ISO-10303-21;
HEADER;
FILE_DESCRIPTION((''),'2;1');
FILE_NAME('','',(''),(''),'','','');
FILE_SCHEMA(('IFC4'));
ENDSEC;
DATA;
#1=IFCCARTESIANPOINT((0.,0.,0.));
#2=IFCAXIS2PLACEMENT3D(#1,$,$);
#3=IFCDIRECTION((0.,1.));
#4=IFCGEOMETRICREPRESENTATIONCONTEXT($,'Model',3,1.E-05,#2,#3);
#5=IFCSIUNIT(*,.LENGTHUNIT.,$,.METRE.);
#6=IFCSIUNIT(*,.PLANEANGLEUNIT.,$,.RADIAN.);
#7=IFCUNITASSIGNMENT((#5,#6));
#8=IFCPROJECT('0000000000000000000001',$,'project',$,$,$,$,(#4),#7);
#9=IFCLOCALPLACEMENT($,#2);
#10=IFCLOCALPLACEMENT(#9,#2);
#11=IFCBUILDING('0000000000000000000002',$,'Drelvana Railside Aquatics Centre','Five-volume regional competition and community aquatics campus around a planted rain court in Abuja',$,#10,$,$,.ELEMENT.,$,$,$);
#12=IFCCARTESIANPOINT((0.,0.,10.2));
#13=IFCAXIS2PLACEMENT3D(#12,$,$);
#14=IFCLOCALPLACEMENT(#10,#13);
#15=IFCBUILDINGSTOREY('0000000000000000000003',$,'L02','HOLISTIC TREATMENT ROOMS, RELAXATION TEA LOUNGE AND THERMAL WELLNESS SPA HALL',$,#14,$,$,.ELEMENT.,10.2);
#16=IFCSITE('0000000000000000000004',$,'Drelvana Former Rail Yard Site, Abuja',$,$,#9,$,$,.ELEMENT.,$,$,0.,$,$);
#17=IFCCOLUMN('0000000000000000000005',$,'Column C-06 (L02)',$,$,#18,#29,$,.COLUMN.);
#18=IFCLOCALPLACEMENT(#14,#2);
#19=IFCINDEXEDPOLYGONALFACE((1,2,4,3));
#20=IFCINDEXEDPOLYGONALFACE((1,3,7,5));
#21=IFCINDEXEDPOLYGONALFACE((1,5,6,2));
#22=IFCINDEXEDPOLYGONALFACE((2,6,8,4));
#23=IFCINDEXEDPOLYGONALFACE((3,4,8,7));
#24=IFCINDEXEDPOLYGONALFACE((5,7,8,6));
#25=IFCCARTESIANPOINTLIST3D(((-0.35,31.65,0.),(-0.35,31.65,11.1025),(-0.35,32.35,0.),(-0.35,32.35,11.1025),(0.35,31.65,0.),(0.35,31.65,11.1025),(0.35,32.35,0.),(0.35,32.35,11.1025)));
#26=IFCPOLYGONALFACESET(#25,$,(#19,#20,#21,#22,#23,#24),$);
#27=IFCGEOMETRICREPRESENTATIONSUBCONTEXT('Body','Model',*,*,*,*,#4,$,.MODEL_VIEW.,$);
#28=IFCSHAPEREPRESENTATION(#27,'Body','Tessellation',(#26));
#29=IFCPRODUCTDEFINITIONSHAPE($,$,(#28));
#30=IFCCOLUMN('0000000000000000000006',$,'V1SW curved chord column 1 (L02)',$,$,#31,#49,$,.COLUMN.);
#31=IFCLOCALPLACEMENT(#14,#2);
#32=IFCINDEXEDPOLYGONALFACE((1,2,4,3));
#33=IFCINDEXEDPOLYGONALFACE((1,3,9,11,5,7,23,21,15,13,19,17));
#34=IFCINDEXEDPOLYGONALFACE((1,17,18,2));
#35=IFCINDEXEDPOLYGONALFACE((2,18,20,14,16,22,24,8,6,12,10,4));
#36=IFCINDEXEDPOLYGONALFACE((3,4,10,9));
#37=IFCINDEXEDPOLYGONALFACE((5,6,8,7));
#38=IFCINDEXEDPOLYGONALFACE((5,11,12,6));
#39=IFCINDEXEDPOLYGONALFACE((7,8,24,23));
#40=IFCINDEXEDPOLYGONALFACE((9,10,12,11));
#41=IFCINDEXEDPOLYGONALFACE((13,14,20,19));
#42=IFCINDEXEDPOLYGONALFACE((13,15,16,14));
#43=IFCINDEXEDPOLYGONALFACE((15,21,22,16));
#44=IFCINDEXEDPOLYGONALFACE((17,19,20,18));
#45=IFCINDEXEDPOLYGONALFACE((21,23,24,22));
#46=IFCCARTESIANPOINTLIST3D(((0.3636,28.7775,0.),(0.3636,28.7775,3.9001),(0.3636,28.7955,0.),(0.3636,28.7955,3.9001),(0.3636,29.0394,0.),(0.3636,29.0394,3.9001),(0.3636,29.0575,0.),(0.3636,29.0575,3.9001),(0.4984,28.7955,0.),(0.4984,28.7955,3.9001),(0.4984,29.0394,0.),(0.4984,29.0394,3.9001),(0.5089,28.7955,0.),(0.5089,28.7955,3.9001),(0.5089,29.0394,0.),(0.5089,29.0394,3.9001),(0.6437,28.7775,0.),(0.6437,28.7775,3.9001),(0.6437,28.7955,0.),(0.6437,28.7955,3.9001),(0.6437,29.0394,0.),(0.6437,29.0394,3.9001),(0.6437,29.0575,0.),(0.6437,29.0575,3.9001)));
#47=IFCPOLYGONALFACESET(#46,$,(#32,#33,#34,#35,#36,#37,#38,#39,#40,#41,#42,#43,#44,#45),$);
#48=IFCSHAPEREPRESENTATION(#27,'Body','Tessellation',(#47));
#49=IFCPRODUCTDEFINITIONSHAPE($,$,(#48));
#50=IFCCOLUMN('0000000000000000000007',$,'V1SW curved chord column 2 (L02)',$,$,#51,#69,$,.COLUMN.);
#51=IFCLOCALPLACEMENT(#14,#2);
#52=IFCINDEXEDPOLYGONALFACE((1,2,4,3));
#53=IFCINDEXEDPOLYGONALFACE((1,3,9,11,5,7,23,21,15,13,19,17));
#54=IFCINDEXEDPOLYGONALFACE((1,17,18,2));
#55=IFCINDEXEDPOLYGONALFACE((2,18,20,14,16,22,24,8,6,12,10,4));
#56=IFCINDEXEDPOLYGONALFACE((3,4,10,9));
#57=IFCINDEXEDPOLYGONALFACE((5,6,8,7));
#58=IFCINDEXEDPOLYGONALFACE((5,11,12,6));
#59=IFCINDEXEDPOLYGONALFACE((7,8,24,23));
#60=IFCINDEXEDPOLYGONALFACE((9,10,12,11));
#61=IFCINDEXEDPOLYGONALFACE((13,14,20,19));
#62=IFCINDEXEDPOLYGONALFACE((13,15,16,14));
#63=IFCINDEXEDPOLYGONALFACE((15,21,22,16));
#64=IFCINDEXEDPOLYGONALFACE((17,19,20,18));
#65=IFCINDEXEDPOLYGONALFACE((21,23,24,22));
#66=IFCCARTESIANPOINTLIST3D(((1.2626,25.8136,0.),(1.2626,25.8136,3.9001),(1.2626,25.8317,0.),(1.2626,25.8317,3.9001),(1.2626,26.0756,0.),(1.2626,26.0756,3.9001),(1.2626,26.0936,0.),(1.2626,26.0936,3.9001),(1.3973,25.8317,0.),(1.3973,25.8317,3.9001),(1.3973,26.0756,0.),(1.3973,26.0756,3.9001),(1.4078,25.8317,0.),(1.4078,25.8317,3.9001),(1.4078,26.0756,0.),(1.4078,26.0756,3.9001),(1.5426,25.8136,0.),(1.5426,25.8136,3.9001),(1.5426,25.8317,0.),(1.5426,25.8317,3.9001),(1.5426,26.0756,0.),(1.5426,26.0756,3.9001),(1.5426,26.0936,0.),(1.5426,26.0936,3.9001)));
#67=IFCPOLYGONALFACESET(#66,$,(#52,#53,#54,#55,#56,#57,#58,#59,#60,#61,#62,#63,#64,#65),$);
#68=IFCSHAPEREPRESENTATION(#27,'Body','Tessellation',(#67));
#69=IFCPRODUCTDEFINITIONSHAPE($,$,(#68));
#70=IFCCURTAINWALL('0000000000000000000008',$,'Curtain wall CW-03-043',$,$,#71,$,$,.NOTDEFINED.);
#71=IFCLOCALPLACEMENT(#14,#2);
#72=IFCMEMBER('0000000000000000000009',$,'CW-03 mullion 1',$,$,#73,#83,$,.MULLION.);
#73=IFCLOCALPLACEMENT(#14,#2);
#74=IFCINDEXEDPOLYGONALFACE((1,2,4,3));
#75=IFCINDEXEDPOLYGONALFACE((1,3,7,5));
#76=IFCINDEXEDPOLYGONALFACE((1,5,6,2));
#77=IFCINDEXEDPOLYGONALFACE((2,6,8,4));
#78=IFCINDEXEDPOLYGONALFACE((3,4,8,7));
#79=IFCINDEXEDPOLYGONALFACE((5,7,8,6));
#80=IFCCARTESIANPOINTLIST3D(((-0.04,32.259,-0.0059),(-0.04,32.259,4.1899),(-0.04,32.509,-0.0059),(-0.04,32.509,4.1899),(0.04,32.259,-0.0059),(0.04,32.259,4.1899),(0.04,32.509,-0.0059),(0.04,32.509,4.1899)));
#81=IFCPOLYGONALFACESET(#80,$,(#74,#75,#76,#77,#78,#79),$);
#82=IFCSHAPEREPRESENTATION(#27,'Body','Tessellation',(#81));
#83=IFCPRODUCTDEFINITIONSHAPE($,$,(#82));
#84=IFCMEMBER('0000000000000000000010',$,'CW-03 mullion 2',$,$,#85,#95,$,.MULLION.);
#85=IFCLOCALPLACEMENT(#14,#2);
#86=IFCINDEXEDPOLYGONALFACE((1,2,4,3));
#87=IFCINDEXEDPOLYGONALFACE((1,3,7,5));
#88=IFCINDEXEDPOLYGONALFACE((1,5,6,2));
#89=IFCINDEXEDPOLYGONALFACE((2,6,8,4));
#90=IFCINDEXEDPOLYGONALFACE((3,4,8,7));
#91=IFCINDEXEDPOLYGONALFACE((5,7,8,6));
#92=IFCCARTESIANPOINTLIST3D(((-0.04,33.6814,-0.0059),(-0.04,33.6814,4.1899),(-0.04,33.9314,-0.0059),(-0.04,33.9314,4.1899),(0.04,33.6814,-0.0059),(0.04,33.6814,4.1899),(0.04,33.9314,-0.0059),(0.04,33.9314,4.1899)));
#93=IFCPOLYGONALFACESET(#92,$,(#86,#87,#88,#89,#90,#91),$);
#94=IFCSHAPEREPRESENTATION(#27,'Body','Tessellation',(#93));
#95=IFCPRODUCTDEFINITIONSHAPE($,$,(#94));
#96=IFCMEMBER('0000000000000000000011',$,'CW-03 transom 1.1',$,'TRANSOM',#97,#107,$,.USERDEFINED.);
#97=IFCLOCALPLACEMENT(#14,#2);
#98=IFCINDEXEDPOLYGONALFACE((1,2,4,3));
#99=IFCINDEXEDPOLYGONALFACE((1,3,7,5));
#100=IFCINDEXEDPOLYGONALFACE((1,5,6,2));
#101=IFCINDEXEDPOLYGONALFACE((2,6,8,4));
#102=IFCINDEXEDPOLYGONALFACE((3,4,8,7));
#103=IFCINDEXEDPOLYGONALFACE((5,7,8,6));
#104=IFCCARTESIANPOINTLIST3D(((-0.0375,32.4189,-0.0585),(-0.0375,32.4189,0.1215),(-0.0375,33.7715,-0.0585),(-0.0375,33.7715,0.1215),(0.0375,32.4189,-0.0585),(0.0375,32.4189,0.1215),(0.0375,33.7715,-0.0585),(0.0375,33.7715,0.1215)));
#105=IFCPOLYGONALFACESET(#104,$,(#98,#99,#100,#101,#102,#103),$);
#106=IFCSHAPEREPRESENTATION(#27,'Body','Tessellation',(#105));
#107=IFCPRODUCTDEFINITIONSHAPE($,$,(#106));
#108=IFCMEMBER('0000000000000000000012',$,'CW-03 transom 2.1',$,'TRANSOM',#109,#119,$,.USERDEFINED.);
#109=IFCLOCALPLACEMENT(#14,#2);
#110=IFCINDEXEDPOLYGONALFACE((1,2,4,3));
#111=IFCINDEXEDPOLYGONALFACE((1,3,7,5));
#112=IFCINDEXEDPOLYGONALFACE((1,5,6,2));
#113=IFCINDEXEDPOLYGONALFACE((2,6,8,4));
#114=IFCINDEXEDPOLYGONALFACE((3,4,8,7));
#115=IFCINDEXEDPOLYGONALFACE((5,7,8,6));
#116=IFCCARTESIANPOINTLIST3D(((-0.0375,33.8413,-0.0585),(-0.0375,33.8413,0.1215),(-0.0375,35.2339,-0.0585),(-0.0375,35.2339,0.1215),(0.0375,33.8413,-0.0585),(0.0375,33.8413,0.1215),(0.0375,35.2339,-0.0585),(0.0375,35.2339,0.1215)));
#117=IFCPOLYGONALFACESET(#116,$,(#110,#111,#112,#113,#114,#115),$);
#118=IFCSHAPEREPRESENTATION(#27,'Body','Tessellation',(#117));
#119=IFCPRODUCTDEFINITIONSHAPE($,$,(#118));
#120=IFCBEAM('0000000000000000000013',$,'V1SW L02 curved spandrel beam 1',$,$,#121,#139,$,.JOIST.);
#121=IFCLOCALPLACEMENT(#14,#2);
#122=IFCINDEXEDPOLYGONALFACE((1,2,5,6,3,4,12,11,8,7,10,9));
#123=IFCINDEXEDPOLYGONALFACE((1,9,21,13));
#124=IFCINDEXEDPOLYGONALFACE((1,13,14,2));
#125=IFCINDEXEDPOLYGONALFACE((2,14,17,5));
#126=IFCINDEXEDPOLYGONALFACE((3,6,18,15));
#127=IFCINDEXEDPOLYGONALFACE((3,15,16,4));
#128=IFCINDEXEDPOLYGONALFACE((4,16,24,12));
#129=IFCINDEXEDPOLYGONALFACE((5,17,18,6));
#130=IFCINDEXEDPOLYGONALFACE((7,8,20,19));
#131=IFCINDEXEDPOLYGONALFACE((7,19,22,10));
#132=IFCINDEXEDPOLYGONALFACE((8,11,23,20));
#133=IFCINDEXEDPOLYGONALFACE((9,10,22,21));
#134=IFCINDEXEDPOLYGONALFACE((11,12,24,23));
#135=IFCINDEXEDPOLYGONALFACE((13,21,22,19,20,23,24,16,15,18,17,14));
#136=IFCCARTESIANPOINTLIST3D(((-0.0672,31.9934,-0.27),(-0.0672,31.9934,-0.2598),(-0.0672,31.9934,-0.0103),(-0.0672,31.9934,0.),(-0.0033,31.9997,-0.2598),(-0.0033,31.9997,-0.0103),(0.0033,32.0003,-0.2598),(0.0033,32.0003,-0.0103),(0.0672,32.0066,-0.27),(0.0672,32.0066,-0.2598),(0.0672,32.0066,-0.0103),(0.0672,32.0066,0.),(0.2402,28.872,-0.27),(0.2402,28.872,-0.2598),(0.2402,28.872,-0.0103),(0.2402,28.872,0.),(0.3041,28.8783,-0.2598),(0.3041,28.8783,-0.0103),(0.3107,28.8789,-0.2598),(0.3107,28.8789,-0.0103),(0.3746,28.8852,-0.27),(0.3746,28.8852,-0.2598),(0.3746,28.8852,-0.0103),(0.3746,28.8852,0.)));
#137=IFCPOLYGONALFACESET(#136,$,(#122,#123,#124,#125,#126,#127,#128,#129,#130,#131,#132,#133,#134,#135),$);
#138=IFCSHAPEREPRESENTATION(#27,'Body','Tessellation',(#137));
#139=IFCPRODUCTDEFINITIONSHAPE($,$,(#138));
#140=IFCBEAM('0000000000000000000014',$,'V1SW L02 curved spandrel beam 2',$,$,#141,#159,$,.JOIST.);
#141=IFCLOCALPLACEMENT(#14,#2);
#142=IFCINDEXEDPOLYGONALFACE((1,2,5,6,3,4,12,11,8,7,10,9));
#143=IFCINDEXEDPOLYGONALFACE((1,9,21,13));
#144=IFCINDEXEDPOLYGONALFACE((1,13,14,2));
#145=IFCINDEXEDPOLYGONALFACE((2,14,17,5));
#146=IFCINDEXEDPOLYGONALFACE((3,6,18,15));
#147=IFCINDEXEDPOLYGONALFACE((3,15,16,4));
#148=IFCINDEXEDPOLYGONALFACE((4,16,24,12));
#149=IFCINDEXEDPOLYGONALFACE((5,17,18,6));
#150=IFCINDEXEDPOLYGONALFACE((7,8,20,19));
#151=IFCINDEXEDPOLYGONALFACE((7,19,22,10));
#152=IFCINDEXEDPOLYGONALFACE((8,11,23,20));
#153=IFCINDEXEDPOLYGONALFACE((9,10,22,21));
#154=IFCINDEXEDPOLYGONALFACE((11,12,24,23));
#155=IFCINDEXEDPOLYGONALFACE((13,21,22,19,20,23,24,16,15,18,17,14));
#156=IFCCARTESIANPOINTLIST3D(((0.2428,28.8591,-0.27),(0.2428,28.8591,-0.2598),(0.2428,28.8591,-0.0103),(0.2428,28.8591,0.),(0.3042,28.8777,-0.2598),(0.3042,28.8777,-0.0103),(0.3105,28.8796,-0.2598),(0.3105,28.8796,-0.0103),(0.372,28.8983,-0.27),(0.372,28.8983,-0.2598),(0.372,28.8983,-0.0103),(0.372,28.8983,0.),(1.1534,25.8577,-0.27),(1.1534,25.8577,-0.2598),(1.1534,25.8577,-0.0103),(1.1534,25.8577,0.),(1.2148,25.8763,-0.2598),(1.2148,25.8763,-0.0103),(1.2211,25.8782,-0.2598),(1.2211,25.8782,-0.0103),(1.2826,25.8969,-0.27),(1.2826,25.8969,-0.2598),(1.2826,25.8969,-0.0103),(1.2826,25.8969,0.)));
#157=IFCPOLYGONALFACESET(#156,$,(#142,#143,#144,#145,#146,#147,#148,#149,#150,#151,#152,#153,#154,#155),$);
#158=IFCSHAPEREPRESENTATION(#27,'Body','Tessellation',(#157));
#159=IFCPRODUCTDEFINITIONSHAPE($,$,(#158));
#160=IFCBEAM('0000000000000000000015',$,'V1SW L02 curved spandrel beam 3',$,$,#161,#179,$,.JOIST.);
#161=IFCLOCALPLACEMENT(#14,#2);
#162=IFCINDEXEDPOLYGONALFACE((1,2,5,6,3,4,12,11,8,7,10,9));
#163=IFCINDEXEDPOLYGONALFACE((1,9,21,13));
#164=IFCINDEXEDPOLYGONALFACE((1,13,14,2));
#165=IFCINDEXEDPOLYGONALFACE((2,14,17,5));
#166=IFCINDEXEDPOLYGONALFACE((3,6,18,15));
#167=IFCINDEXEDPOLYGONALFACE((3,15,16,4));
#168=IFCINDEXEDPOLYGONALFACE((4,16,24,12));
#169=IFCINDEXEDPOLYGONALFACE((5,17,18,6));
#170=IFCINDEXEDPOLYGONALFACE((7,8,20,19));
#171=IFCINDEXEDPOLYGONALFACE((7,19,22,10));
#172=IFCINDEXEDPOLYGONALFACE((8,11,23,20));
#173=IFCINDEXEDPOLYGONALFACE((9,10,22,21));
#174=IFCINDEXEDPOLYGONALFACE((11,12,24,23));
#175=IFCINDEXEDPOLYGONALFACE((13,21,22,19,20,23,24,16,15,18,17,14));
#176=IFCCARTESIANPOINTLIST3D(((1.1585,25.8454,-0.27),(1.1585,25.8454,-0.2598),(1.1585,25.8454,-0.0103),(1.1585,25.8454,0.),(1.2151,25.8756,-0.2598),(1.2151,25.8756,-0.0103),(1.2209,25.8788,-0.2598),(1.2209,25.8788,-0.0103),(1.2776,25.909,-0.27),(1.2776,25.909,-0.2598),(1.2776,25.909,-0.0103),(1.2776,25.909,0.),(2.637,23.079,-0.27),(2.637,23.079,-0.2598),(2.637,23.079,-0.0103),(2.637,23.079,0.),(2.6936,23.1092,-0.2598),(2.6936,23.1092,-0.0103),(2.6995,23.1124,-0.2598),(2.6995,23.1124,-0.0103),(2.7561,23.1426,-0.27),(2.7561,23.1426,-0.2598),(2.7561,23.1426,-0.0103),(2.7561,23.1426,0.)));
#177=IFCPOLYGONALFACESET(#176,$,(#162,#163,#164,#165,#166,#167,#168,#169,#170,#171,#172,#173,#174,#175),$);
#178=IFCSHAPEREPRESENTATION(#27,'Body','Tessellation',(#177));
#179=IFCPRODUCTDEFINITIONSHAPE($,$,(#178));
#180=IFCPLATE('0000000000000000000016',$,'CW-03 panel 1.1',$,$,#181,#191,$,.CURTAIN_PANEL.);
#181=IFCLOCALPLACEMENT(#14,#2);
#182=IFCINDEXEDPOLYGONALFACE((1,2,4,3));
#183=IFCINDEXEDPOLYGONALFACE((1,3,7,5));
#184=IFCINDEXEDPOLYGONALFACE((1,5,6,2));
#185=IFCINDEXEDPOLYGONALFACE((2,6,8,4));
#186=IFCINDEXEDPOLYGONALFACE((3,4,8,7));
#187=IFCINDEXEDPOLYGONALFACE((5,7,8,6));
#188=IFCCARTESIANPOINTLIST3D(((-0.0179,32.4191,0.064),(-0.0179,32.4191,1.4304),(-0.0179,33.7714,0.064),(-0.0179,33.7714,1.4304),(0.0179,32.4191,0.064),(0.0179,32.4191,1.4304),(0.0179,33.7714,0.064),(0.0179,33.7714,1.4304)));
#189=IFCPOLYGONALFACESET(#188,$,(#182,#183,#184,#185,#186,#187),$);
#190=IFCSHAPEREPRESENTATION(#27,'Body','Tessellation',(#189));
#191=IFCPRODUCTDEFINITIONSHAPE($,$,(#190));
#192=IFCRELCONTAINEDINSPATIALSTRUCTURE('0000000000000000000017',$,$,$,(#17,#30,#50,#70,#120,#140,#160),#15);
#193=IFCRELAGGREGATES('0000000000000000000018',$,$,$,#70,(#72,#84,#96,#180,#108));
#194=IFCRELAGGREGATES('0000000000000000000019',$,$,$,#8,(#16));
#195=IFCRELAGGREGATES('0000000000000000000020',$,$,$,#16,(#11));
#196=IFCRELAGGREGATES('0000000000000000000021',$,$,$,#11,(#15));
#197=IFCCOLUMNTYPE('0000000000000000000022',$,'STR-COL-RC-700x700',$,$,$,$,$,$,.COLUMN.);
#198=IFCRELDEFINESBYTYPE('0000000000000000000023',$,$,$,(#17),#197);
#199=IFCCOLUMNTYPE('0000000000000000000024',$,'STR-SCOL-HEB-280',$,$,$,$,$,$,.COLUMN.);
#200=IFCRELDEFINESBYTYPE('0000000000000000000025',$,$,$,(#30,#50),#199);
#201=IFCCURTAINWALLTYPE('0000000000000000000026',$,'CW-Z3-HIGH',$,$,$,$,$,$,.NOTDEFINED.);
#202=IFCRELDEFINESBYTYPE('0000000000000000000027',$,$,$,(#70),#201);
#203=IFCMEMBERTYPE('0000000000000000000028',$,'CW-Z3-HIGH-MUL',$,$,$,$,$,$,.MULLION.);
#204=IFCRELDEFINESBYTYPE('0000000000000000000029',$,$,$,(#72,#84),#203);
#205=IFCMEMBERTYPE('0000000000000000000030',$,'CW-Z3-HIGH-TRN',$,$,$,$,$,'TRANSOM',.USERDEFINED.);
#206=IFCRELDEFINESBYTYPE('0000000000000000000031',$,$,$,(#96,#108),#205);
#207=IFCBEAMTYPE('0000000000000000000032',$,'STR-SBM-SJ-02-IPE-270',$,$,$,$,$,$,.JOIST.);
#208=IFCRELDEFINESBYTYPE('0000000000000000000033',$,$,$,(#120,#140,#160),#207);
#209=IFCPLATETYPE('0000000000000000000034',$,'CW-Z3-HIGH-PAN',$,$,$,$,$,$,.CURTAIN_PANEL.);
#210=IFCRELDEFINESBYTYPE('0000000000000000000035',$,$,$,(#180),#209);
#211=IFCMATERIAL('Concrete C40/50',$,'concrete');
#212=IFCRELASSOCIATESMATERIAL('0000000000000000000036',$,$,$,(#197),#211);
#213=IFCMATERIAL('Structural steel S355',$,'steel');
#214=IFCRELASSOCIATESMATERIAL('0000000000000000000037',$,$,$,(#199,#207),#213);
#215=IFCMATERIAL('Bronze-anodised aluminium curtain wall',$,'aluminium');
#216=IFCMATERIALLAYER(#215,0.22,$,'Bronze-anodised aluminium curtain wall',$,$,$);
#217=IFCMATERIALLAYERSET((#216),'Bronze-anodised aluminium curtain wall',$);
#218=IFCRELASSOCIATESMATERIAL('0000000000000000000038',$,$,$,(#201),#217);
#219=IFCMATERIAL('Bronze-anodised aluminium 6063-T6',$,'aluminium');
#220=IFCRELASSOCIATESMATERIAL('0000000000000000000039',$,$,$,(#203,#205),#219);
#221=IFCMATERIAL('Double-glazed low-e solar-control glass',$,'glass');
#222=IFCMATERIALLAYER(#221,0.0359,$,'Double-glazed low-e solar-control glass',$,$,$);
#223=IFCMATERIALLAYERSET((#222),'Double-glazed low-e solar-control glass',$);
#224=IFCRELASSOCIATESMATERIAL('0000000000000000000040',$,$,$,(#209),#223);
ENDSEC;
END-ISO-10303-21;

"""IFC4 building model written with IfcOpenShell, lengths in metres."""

from ifc_helpers import new_model, si_unit, direction, frame, origin, origin_2d, place, context, subcontext, project, spatial, rectangle, i_section, extrude, material, layer, layer_set, material_profile, profile_set, type_object, element, aggregate, save


model = new_model("IFC4")

# Units and contexts
model_context = context("Model", 3, precision=1e-05, world=origin(), true_north=direction((0.0, 1.0)))
body_context = subcontext(model_context, "Body", "Model", "MODEL_VIEW")
ifc_project = project(units=[si_unit("LENGTHUNIT", "METRE"), si_unit("PLANEANGLEUNIT", "RADIAN")], contexts=[model_context])

# Site, building, storey
site_placement = place(None, origin())
site = spatial("IfcSite", under=ifc_project, at=site_placement, Name="Drelvana Former Rail Yard Site, Abuja", CompositionType="ELEMENT", RefElevation=0.0)
building_placement = place(site_placement, origin())
building = spatial("IfcBuilding", under=site, at=building_placement, Name="Drelvana Railside Aquatics Centre", Description="Five-volume regional competition and community aquatics campus around a planted rain court in Abuja", CompositionType="ELEMENT")
storey_placement = place(building_placement, frame((0.0, 0.0, 10.2)))
storey = spatial("IfcBuildingStorey", under=building, at=storey_placement, Name="L02", Description="HOLISTIC TREATMENT ROOMS, RELAXATION TEA LOUNGE AND THERMAL WELLNESS SPA HALL", CompositionType="ELEMENT", Elevation=10.2)

# Columns
ifc_material_1 = material(Name="Concrete C40/50", Category="concrete")
ifc_material_profile_1 = material_profile(ifc_material_1, rectangle(XDim=0.7, YDim=0.7, at=origin_2d()), Name="RC 700x700")
ifc_profile_set_1 = profile_set([ifc_material_profile_1], Name="Concrete C40/50")
column_type_1 = type_object("IfcColumnType", Name="STR-COL-RC-700x700", PredefinedType="COLUMN", material=ifc_profile_set_1)
column_placement = place(storey_placement, frame((0.0, 32.0, 0.0), z_axis=(0.0, 0.0, 1.0), x_axis=(1.0, 0.0, 0.0)))
element("IfcColumn", 1, at=column_placement, inside=storey, type_object=column_type_1, Name="Column C-06 (L02)", PredefinedType="COLUMN", context=body_context, shape_type="SweptSolid", body=[
    extrude(rectangle(XDim=0.7, YDim=0.7, at=origin_2d()), origin(), (0.0, 0.0, 1.0), 11.1025),
])
ifc_material_2 = material(Name="Structural steel S355", Category="steel")
ifc_material_profile_2 = material_profile(ifc_material_2, i_section(OverallWidth=0.28, OverallDepth=0.28, WebThickness=0.0105, FlangeThickness=0.0181, at=origin_2d()), Name="HEB 280")
ifc_profile_set_2 = profile_set([ifc_material_profile_2], Name="Structural steel S355")
column_type_2 = type_object("IfcColumnType", Name="STR-SCOL-HEB-280", PredefinedType="COLUMN", material=ifc_profile_set_2)
for number, where, z_axis, x_axis, name in (
    (2, (0.5037, 28.9175, 0.0), (0.0, 0.0, 1.0), (1.0, 0.0, 0.0), "V1SW curved chord column 1 (L02)"),
    (3, (1.4026, 25.9536, 0.0), (0.0, 0.0, 1.0), (1.0, 0.0, 0.0), "V1SW curved chord column 2 (L02)"),
):
    element("IfcColumn", number, at=place(storey_placement, frame(where, z_axis=z_axis, x_axis=x_axis)), inside=storey, type_object=column_type_2, Name=name, PredefinedType="COLUMN", context=body_context, shape_type="SweptSolid", body=[
        extrude(i_section(OverallWidth=0.28, OverallDepth=0.28, WebThickness=0.0105, FlangeThickness=0.0181, at=origin_2d()), origin(), (0.0, 0.0, 1.0), 3.9001),
    ])

# Curtain wall, members
ifc_material_3 = material(Name="Bronze-anodised aluminium curtain wall", Category="aluminium")
ifc_layer_1 = layer(ifc_material_3, 0.22, Name="Bronze-anodised aluminium curtain wall")
ifc_layer_set_1 = layer_set([ifc_layer_1], Name="Bronze-anodised aluminium curtain wall")
curtain_wall_type = type_object("IfcCurtainWallType", Name="CW-Z3-HIGH", PredefinedType="NOTDEFINED", material=ifc_layer_set_1)
curtain_wall_placement = place(storey_placement, origin())
curtain_wall = element("IfcCurtainWall", 4, at=curtain_wall_placement, inside=storey, type_object=curtain_wall_type, Name="Curtain wall CW-03-043", PredefinedType="NOTDEFINED")
ifc_material_4 = material(Name="Bronze-anodised aluminium 6063-T6", Category="aluminium")
ifc_material_profile_3 = material_profile(ifc_material_4, rectangle(XDim=0.0801, YDim=0.25, at=origin_2d()), Name="ALU-M 80x250")
ifc_profile_set_3 = profile_set([ifc_material_profile_3], Name="Bronze-anodised aluminium 6063-T6")
member_type_1 = type_object("IfcMemberType", Name="CW-Z3-HIGH-MUL", PredefinedType="MULLION", material=ifc_profile_set_3)
member_1_placement = place(storey_placement, frame((0.0, 32.384, -0.0059), z_axis=(0.0, 0.0, 1.0), x_axis=(-1.0, 0.0, 0.0)))
member_1 = element("IfcMember", 5, at=member_1_placement, type_object=member_type_1, Name="CW-03 mullion 1", PredefinedType="MULLION", context=body_context, shape_type="SweptSolid", body=[
    extrude(rectangle(XDim=0.0801, YDim=0.25, at=origin_2d()), origin(), (0.0, 0.0, 1.0), 4.1958),
])
member_2_placement = place(storey_placement, frame((0.0, 33.8064, -0.0059), z_axis=(0.0, 0.0, 1.0), x_axis=(-1.0, 0.0, 0.0)))
member_2 = element("IfcMember", 6, at=member_2_placement, type_object=member_type_1, Name="CW-03 mullion 2", PredefinedType="MULLION", context=body_context, shape_type="SweptSolid", body=[
    extrude(rectangle(XDim=0.0801, YDim=0.25, at=origin_2d()), origin(), (0.0, 0.0, 1.0), 4.1958),
])
ifc_material_profile_4 = material_profile(ifc_material_4, rectangle(XDim=0.1799, YDim=0.075, at=origin_2d()), Name="ALU-T 75x180")
ifc_profile_set_4 = profile_set([ifc_material_profile_4], Name="Bronze-anodised aluminium 6063-T6")
member_type_2 = type_object("IfcMemberType", Name="CW-Z3-HIGH-TRN", ElementType="TRANSOM", PredefinedType="USERDEFINED", material=ifc_profile_set_4)
member_3_placement = place(storey_placement, frame((0.0, 32.4189, 0.0315), z_axis=(0.0, 1.0, 0.0), x_axis=(0.0, 0.0, 1.0)))
member_3 = element("IfcMember", 7, at=member_3_placement, type_object=member_type_2, Name="CW-03 transom 1.1", ObjectType="TRANSOM", PredefinedType="USERDEFINED", context=body_context, shape_type="SweptSolid", body=[
    extrude(rectangle(XDim=0.1799, YDim=0.075, at=origin_2d()), origin(), (0.0, 0.0, 1.0), 1.3525),
])
member_4_placement = place(storey_placement, frame((0.0, 33.8413, 0.0315), z_axis=(0.0, 1.0, 0.0), x_axis=(0.0, 0.0, 1.0)))
member_4 = element("IfcMember", 8, at=member_4_placement, type_object=member_type_2, Name="CW-03 transom 2.1", ObjectType="TRANSOM", PredefinedType="USERDEFINED", context=body_context, shape_type="SweptSolid", body=[
    extrude(rectangle(XDim=0.1799, YDim=0.075, at=origin_2d()), origin(), (0.0, 0.0, 1.0), 1.3926),
])

# Beams
ifc_material_profile_5 = material_profile(ifc_material_2, i_section(OverallWidth=0.135, OverallDepth=0.27, WebThickness=0.0066, FlangeThickness=0.0103, at=origin_2d()), Name="IPE 270")
ifc_profile_set_5 = profile_set([ifc_material_profile_5], Name="Structural steel S355")
beam_type = type_object("IfcBeamType", Name="STR-SBM-SJ-02-IPE-270", PredefinedType="JOIST", material=ifc_profile_set_5)
for number, where, z_axis, x_axis, name in (
    (9, (0.0, 32.0, -0.135), (0.098001, -0.995186, 0.0), (0.995186, 0.098001, 0.0), "V1SW L02 curved spandrel beam 1"),
    (10, (0.3074, 28.8787, -0.135), (0.290331, -0.956926, 0.0), (0.956926, 0.290331, 0.0), "V1SW L02 curved spandrel beam 2"),
):
    element("IfcBeam", number, at=place(storey_placement, frame(where, z_axis=z_axis, x_axis=x_axis)), inside=storey, type_object=beam_type, Name=name, PredefinedType="JOIST", context=body_context, shape_type="SweptSolid", body=[
        extrude(i_section(OverallWidth=0.135, OverallDepth=0.27, WebThickness=0.0066, FlangeThickness=0.0103, at=origin_2d()), origin(), (0.0, 0.0, 1.0), 3.1365),
    ])
beam_placement = place(storey_placement, frame((1.218, 25.8772, -0.135), z_axis=(0.471364, -0.881939, 0.0), x_axis=(0.881939, 0.471364, 0.0)))
element("IfcBeam", 11, at=beam_placement, inside=storey, type_object=beam_type, Name="V1SW L02 curved spandrel beam 3", PredefinedType="JOIST", context=body_context, shape_type="SweptSolid", body=[
    extrude(i_section(OverallWidth=0.135, OverallDepth=0.27, WebThickness=0.0066, FlangeThickness=0.0103, at=origin_2d()), origin(), (0.0, 0.0, 1.0), 3.1367),
])

# Plate
ifc_material_5 = material(Name="Double-glazed low-e solar-control glass", Category="glass")
ifc_layer_2 = layer(ifc_material_5, 0.0359, Name="Double-glazed low-e solar-control glass")
ifc_layer_set_2 = layer_set([ifc_layer_2], Name="Double-glazed low-e solar-control glass")
plate_type = type_object("IfcPlateType", Name="CW-Z3-HIGH-PAN", PredefinedType="CURTAIN_PANEL", material=ifc_layer_set_2)
plate_1_placement = place(storey_placement, frame((0.0, 33.0952, 0.064), z_axis=(0.0, 0.0, 1.0), x_axis=(0.0, 1.0, 0.0)))
plate_1 = element("IfcPlate", 12, at=plate_1_placement, type_object=plate_type, Name="CW-03 panel 1.1", PredefinedType="CURTAIN_PANEL", context=body_context, shape_type="SweptSolid", body=[
    extrude(rectangle(XDim=1.3523, YDim=0.0359, at=origin_2d()), origin(), (0.0, 0.0, 1.0), 1.3665),
])
aggregate(curtain_wall, [member_1, member_2, member_3, plate_1, member_4])

save(model, "model.ifc")
